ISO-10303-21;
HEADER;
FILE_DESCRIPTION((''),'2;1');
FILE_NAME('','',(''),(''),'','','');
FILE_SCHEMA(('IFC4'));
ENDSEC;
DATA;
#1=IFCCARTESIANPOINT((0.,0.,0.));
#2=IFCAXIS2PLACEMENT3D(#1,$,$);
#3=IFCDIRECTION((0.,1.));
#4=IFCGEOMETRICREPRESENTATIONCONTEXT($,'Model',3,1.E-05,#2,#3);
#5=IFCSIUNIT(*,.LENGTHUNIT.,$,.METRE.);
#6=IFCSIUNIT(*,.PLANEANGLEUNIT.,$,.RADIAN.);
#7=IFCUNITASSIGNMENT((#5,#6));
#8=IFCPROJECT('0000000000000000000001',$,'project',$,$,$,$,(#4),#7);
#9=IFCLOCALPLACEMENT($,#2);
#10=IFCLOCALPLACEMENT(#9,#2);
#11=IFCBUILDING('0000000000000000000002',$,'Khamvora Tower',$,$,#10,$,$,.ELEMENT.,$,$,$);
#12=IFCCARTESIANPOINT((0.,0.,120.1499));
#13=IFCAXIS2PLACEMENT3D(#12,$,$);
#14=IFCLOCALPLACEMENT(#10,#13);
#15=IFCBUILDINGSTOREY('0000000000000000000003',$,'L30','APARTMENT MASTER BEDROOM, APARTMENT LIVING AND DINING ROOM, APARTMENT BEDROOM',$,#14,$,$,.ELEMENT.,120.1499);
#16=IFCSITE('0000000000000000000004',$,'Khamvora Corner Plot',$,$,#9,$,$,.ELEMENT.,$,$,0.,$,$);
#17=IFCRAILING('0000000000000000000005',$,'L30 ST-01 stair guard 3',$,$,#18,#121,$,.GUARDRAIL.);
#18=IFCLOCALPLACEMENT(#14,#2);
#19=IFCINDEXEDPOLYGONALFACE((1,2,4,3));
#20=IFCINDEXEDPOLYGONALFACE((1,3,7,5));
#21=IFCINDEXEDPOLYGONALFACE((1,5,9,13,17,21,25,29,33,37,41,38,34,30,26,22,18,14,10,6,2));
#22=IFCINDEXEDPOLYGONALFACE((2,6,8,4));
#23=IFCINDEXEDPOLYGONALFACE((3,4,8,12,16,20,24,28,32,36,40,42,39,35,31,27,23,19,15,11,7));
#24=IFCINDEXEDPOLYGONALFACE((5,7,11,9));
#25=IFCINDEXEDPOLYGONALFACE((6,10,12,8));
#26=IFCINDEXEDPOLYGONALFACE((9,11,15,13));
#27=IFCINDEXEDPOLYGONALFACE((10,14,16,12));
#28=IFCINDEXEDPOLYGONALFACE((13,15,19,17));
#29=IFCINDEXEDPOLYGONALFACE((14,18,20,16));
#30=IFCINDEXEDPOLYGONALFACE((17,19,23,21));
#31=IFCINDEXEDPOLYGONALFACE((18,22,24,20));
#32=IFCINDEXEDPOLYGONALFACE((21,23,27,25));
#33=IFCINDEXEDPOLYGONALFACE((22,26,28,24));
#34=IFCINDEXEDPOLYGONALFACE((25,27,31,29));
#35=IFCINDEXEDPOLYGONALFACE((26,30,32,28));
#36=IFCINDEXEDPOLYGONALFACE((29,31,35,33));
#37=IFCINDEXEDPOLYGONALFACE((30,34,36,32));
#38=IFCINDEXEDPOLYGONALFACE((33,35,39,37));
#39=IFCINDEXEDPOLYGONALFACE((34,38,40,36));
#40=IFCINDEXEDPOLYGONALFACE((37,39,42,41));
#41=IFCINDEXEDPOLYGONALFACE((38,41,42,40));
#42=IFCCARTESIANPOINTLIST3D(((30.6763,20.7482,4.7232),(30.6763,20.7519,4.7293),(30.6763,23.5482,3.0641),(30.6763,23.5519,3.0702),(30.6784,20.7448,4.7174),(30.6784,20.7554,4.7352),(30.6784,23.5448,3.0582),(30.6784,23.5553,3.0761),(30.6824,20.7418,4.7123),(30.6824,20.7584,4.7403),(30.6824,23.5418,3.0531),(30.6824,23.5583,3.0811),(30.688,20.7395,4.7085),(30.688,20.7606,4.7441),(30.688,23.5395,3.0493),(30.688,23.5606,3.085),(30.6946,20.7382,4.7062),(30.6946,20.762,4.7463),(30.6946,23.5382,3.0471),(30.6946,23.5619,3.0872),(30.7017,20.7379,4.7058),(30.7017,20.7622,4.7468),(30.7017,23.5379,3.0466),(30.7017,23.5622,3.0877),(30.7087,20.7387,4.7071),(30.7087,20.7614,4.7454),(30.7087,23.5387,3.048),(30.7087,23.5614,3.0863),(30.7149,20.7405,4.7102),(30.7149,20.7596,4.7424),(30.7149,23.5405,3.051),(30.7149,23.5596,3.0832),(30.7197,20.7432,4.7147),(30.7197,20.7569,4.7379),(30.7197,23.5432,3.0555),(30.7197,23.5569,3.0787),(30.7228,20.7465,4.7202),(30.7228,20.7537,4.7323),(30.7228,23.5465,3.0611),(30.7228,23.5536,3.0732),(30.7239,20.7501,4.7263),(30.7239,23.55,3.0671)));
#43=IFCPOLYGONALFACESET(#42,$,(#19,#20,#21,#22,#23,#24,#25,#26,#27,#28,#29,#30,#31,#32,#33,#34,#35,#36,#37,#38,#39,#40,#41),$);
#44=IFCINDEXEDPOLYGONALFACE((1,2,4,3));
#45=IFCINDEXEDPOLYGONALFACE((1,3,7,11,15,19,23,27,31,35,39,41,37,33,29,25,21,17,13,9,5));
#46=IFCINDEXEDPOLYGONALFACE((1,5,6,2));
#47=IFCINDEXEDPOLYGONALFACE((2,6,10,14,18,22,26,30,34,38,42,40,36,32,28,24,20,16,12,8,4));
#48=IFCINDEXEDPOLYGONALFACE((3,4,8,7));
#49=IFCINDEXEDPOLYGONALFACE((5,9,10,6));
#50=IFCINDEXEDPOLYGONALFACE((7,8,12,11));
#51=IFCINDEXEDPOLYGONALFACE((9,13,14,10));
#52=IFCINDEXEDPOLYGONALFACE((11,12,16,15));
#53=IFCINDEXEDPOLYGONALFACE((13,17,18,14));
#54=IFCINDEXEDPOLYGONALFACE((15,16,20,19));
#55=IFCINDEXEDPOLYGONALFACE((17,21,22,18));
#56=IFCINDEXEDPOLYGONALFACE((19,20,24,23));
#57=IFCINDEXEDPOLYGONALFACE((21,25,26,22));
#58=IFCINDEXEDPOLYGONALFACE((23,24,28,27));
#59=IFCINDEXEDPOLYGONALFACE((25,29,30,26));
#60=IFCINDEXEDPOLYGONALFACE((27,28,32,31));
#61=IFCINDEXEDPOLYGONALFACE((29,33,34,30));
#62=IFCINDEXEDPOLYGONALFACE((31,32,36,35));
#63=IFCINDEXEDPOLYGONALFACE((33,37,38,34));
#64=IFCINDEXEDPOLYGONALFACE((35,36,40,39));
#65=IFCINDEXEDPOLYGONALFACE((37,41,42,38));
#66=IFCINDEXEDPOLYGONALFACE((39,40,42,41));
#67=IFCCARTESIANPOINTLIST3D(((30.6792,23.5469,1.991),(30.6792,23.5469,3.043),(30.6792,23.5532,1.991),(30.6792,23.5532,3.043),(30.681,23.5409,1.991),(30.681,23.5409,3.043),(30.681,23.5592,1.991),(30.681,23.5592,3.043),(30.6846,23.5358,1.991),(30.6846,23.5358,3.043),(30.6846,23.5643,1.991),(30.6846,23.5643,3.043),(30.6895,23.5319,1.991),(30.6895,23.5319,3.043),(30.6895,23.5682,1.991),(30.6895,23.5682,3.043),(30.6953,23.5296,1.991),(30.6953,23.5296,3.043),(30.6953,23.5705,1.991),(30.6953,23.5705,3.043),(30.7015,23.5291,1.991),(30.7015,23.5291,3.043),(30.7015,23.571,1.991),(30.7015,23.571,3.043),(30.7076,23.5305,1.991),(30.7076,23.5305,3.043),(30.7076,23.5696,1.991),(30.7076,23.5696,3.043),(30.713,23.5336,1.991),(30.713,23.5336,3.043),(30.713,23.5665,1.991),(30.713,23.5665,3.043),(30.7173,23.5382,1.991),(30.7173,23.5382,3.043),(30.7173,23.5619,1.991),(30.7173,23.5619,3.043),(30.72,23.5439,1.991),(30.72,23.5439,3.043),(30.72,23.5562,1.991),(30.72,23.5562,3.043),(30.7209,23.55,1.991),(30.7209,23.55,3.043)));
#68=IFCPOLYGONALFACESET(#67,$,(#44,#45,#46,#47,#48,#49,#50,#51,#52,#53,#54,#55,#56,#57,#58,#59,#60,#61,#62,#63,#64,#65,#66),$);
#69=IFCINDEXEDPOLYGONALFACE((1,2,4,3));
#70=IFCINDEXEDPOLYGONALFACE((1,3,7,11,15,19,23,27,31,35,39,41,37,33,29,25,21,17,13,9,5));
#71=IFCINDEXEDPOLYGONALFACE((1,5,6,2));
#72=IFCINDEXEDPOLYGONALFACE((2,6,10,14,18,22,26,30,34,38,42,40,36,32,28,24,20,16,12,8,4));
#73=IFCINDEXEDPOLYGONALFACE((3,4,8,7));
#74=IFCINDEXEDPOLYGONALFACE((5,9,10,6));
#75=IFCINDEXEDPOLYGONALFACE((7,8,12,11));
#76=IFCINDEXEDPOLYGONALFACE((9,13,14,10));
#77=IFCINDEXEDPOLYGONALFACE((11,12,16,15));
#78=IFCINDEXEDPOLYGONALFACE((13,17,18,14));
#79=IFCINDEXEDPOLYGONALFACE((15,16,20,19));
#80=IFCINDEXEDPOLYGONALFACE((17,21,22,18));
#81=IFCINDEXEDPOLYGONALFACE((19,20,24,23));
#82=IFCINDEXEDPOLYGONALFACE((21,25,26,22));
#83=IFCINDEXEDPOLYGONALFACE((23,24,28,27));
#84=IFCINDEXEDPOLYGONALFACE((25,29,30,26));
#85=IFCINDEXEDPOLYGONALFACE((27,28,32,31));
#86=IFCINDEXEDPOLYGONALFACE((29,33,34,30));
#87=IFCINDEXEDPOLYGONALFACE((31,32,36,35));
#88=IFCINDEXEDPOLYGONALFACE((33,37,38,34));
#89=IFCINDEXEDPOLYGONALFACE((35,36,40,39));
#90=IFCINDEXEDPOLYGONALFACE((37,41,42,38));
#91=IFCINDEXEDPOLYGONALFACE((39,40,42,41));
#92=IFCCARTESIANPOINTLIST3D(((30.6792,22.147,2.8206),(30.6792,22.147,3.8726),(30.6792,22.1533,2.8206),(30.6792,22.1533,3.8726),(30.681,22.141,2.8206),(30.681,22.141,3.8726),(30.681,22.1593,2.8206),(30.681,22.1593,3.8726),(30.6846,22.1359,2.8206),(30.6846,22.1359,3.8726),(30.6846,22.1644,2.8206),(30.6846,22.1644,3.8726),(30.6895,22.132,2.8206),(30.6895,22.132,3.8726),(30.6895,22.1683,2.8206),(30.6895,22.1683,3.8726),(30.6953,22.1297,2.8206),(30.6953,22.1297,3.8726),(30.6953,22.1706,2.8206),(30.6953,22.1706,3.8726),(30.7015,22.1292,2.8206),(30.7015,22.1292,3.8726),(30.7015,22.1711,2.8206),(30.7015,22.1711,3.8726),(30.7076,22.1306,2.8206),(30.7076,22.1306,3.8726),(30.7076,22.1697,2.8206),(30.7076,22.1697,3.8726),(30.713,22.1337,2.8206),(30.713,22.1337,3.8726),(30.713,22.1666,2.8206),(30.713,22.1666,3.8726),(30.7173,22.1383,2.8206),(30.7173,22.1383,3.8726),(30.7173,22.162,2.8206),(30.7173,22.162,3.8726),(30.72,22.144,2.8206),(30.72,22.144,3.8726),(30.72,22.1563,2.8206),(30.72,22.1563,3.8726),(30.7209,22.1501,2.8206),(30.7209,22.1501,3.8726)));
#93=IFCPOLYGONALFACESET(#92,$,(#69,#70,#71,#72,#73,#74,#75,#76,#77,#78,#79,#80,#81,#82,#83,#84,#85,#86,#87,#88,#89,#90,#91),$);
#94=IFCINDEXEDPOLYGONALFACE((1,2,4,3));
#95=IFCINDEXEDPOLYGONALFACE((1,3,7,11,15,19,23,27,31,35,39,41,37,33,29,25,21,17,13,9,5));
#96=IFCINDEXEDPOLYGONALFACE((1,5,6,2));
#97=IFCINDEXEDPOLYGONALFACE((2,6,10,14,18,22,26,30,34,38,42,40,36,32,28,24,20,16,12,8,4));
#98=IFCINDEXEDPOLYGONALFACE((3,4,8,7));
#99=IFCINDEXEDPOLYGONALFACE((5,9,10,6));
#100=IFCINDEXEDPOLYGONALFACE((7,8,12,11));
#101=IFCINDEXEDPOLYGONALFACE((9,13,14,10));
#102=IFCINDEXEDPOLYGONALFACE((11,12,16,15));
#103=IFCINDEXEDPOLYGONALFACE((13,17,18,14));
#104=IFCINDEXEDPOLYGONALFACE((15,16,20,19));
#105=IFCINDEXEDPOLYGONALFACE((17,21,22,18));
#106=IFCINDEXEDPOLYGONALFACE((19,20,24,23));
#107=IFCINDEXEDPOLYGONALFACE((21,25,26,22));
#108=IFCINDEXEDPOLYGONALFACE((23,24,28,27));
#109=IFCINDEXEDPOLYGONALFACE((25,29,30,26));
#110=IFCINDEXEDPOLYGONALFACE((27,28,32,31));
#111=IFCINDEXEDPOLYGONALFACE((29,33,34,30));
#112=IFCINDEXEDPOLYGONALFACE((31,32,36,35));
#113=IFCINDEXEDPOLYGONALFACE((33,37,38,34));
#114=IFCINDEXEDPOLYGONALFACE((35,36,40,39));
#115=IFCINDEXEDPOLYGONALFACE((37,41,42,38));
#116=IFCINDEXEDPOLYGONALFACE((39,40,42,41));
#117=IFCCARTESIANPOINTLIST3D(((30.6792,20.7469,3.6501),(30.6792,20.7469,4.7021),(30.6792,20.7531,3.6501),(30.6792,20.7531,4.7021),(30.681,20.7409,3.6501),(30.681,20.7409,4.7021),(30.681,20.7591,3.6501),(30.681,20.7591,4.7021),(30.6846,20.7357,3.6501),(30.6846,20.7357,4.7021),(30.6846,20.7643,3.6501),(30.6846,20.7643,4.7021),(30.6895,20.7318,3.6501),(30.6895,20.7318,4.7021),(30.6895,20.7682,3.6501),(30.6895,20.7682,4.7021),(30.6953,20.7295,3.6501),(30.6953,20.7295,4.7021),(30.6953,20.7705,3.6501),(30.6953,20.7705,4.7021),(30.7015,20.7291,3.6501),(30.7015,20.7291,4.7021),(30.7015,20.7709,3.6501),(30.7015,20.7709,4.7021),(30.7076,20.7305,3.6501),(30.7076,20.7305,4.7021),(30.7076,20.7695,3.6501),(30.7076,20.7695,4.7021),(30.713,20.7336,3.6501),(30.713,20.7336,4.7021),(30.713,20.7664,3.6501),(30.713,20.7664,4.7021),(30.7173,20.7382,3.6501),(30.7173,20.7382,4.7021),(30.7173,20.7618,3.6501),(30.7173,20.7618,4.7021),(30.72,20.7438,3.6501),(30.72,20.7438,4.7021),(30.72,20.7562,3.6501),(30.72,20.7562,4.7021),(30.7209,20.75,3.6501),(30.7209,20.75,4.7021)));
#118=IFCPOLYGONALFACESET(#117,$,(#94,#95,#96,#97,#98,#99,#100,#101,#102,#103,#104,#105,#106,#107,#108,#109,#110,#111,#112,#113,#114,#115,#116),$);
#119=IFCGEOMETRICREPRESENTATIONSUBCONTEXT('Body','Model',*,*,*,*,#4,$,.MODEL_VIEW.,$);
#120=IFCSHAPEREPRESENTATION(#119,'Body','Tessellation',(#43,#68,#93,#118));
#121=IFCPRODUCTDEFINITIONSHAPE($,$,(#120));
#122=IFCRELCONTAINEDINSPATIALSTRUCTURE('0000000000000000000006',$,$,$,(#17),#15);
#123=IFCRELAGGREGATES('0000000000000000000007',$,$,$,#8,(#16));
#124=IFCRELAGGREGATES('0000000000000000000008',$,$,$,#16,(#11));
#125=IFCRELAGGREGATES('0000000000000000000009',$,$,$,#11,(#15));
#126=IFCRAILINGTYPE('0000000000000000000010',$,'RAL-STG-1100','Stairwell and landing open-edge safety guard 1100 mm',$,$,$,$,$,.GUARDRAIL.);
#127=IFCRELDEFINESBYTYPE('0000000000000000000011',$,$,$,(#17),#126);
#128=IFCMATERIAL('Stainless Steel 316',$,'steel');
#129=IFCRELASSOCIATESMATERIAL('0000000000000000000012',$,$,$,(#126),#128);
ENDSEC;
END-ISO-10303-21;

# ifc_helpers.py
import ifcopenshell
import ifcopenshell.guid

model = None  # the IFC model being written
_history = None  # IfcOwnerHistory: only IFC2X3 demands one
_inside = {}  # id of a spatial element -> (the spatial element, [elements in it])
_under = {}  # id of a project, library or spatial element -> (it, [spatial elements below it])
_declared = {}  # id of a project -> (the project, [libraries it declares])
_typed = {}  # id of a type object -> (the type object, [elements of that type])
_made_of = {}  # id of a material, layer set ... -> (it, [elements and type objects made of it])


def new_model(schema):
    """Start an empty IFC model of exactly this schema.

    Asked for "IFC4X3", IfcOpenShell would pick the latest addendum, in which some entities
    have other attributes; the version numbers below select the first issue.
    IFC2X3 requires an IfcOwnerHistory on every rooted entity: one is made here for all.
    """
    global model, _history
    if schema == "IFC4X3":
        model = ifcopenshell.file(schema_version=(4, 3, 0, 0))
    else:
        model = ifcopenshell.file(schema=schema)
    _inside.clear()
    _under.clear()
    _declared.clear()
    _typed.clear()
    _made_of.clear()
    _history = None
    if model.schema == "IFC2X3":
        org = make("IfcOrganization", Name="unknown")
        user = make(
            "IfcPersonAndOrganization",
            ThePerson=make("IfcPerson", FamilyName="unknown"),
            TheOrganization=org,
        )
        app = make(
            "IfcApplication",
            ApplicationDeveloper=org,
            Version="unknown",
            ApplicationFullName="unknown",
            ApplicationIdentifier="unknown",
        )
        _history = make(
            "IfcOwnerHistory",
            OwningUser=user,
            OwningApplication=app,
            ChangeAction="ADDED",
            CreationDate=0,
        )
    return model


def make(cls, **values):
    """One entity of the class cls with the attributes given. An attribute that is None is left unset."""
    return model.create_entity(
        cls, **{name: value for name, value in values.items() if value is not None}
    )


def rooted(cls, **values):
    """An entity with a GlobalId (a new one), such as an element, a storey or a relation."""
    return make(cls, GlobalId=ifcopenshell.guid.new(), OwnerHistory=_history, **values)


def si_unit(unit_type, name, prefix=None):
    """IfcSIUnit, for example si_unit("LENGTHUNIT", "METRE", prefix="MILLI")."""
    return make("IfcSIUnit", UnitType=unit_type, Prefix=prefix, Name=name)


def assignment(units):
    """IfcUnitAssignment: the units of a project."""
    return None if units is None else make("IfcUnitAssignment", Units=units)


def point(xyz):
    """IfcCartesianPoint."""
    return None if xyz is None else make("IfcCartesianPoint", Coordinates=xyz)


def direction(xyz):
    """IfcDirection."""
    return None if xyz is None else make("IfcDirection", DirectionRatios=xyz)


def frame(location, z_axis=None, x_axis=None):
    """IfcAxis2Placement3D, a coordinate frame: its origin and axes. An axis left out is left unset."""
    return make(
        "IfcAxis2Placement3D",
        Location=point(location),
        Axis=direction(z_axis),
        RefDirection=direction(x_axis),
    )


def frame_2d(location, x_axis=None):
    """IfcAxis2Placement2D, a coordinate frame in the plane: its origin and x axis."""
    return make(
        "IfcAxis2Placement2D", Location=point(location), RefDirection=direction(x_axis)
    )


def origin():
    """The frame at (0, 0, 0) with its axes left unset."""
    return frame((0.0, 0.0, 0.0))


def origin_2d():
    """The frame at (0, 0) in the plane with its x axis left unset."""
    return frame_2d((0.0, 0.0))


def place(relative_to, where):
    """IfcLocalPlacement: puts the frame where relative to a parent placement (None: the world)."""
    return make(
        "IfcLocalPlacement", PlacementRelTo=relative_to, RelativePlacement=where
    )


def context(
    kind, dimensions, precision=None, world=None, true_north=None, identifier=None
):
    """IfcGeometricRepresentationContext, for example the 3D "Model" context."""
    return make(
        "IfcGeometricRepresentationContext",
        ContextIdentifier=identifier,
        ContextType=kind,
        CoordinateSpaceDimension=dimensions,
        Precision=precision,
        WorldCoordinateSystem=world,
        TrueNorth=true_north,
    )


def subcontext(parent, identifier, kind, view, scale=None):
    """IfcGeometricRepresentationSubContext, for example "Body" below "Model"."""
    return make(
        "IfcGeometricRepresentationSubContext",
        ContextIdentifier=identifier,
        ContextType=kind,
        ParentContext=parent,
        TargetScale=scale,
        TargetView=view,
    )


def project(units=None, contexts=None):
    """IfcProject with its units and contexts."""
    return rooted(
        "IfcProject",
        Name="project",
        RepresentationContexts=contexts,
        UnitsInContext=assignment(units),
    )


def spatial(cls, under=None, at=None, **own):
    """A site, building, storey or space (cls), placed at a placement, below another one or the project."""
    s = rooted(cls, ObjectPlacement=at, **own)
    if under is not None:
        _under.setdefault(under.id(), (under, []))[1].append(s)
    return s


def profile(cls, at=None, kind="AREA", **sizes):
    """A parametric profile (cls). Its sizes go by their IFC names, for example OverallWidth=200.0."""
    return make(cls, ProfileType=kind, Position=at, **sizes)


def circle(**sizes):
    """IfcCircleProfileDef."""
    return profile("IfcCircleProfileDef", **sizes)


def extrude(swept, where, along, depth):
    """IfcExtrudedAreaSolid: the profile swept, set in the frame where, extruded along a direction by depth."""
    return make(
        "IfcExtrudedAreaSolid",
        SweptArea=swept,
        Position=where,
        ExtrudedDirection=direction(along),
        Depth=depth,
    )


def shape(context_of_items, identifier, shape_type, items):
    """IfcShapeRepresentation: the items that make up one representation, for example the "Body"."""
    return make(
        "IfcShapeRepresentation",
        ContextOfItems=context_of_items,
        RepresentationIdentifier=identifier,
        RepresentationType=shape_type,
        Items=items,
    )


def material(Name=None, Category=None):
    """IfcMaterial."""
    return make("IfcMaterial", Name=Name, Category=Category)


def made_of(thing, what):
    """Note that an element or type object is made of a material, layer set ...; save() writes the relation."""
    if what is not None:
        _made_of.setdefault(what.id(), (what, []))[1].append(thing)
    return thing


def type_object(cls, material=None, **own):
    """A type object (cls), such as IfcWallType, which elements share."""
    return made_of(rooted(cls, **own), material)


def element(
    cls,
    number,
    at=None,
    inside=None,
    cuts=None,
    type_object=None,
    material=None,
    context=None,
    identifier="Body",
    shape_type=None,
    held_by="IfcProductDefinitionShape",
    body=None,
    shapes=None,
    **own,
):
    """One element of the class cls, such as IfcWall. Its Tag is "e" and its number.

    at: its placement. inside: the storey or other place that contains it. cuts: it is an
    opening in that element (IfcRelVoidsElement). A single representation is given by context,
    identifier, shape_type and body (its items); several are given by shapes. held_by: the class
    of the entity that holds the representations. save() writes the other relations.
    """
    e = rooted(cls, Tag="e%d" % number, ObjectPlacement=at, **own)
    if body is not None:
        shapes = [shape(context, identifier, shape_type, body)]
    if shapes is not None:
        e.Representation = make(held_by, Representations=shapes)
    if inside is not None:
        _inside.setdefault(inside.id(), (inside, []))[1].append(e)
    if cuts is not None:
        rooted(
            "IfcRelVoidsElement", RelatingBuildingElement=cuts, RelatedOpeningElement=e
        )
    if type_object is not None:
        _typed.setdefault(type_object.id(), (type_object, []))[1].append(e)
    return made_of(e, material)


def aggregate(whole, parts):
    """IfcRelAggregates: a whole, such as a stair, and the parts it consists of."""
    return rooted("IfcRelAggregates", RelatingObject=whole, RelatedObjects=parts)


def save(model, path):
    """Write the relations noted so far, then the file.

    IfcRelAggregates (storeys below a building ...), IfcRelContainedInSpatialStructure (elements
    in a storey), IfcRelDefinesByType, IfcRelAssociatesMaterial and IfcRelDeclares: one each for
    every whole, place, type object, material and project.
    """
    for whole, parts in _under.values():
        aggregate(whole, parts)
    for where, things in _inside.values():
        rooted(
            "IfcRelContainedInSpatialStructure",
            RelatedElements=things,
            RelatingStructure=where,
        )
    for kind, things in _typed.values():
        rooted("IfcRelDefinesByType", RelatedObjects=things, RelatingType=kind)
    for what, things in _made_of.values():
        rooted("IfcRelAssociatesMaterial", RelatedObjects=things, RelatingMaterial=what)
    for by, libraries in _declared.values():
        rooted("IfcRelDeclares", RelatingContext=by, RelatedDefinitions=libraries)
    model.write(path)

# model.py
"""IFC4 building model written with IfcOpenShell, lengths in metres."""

from ifc_helpers import new_model, si_unit, direction, frame, origin, origin_2d, place, context, subcontext, project, spatial, circle, extrude, material, type_object, element, save


model = new_model("IFC4")

# Units and contexts
model_context = context("Model", 3, precision=1e-05, world=origin(), true_north=direction((0.0, 1.0)))
body_context = subcontext(model_context, "Body", "Model", "MODEL_VIEW")
ifc_project = project(units=[si_unit("LENGTHUNIT", "METRE"), si_unit("PLANEANGLEUNIT", "RADIAN")], contexts=[model_context])

# Site, building, storey
site_placement = place(None, origin())
site = spatial("IfcSite", under=ifc_project, at=site_placement, Name="Khamvora Corner Plot", CompositionType="ELEMENT", RefElevation=0.0)
building_placement = place(site_placement, origin())
building = spatial("IfcBuilding", under=site, at=building_placement, Name="Khamvora Tower", CompositionType="ELEMENT")
storey_placement = place(building_placement, frame((0.0, 0.0, 120.1499)))
storey = spatial("IfcBuildingStorey", under=building, at=storey_placement, Name="L30", Description="APARTMENT MASTER BEDROOM, APARTMENT LIVING AND DINING ROOM, APARTMENT BEDROOM", CompositionType="ELEMENT", Elevation=120.1499)

# Railing
ifc_material_1 = material(Name="Stainless Steel 316", Category="steel")
railing_type_1 = type_object("IfcRailingType", Name="RAL-STG-1100", Description="Stairwell and landing open-edge safety guard 1100 mm", PredefinedType="GUARDRAIL", material=ifc_material_1)
railing_1_placement = place(storey_placement, frame((30.7, 23.55, 1.991)))
element("IfcRailing", 1, at=railing_1_placement, inside=storey, type_object=railing_type_1, Name="L30 ST-01 stair guard 3", PredefinedType="GUARDRAIL", context=body_context, shape_type="SweptSolid", body=[
    extrude(circle(Radius=0.0239, at=origin_2d()), frame((0.0, 0.0, 1.0762), z_axis=(0.0, -0.860306, 0.509778), x_axis=(1.0, 0.0, 0.0)), (0.0, 0.0, 1.0), 3.2546),
    extrude(circle(Radius=0.021, at=origin_2d()), origin(), (0.0, 0.0, 1.0), 1.052),
    extrude(circle(Radius=0.021, at=origin_2d()), frame((0.0, -1.3999, 0.8296)), (0.0, 0.0, 1.0), 1.052),
    extrude(circle(Radius=0.021, at=origin_2d()), frame((0.0, -2.8, 1.6592)), (0.0, 0.0, 1.0), 1.052),
])

save(model, "model.ifc")
